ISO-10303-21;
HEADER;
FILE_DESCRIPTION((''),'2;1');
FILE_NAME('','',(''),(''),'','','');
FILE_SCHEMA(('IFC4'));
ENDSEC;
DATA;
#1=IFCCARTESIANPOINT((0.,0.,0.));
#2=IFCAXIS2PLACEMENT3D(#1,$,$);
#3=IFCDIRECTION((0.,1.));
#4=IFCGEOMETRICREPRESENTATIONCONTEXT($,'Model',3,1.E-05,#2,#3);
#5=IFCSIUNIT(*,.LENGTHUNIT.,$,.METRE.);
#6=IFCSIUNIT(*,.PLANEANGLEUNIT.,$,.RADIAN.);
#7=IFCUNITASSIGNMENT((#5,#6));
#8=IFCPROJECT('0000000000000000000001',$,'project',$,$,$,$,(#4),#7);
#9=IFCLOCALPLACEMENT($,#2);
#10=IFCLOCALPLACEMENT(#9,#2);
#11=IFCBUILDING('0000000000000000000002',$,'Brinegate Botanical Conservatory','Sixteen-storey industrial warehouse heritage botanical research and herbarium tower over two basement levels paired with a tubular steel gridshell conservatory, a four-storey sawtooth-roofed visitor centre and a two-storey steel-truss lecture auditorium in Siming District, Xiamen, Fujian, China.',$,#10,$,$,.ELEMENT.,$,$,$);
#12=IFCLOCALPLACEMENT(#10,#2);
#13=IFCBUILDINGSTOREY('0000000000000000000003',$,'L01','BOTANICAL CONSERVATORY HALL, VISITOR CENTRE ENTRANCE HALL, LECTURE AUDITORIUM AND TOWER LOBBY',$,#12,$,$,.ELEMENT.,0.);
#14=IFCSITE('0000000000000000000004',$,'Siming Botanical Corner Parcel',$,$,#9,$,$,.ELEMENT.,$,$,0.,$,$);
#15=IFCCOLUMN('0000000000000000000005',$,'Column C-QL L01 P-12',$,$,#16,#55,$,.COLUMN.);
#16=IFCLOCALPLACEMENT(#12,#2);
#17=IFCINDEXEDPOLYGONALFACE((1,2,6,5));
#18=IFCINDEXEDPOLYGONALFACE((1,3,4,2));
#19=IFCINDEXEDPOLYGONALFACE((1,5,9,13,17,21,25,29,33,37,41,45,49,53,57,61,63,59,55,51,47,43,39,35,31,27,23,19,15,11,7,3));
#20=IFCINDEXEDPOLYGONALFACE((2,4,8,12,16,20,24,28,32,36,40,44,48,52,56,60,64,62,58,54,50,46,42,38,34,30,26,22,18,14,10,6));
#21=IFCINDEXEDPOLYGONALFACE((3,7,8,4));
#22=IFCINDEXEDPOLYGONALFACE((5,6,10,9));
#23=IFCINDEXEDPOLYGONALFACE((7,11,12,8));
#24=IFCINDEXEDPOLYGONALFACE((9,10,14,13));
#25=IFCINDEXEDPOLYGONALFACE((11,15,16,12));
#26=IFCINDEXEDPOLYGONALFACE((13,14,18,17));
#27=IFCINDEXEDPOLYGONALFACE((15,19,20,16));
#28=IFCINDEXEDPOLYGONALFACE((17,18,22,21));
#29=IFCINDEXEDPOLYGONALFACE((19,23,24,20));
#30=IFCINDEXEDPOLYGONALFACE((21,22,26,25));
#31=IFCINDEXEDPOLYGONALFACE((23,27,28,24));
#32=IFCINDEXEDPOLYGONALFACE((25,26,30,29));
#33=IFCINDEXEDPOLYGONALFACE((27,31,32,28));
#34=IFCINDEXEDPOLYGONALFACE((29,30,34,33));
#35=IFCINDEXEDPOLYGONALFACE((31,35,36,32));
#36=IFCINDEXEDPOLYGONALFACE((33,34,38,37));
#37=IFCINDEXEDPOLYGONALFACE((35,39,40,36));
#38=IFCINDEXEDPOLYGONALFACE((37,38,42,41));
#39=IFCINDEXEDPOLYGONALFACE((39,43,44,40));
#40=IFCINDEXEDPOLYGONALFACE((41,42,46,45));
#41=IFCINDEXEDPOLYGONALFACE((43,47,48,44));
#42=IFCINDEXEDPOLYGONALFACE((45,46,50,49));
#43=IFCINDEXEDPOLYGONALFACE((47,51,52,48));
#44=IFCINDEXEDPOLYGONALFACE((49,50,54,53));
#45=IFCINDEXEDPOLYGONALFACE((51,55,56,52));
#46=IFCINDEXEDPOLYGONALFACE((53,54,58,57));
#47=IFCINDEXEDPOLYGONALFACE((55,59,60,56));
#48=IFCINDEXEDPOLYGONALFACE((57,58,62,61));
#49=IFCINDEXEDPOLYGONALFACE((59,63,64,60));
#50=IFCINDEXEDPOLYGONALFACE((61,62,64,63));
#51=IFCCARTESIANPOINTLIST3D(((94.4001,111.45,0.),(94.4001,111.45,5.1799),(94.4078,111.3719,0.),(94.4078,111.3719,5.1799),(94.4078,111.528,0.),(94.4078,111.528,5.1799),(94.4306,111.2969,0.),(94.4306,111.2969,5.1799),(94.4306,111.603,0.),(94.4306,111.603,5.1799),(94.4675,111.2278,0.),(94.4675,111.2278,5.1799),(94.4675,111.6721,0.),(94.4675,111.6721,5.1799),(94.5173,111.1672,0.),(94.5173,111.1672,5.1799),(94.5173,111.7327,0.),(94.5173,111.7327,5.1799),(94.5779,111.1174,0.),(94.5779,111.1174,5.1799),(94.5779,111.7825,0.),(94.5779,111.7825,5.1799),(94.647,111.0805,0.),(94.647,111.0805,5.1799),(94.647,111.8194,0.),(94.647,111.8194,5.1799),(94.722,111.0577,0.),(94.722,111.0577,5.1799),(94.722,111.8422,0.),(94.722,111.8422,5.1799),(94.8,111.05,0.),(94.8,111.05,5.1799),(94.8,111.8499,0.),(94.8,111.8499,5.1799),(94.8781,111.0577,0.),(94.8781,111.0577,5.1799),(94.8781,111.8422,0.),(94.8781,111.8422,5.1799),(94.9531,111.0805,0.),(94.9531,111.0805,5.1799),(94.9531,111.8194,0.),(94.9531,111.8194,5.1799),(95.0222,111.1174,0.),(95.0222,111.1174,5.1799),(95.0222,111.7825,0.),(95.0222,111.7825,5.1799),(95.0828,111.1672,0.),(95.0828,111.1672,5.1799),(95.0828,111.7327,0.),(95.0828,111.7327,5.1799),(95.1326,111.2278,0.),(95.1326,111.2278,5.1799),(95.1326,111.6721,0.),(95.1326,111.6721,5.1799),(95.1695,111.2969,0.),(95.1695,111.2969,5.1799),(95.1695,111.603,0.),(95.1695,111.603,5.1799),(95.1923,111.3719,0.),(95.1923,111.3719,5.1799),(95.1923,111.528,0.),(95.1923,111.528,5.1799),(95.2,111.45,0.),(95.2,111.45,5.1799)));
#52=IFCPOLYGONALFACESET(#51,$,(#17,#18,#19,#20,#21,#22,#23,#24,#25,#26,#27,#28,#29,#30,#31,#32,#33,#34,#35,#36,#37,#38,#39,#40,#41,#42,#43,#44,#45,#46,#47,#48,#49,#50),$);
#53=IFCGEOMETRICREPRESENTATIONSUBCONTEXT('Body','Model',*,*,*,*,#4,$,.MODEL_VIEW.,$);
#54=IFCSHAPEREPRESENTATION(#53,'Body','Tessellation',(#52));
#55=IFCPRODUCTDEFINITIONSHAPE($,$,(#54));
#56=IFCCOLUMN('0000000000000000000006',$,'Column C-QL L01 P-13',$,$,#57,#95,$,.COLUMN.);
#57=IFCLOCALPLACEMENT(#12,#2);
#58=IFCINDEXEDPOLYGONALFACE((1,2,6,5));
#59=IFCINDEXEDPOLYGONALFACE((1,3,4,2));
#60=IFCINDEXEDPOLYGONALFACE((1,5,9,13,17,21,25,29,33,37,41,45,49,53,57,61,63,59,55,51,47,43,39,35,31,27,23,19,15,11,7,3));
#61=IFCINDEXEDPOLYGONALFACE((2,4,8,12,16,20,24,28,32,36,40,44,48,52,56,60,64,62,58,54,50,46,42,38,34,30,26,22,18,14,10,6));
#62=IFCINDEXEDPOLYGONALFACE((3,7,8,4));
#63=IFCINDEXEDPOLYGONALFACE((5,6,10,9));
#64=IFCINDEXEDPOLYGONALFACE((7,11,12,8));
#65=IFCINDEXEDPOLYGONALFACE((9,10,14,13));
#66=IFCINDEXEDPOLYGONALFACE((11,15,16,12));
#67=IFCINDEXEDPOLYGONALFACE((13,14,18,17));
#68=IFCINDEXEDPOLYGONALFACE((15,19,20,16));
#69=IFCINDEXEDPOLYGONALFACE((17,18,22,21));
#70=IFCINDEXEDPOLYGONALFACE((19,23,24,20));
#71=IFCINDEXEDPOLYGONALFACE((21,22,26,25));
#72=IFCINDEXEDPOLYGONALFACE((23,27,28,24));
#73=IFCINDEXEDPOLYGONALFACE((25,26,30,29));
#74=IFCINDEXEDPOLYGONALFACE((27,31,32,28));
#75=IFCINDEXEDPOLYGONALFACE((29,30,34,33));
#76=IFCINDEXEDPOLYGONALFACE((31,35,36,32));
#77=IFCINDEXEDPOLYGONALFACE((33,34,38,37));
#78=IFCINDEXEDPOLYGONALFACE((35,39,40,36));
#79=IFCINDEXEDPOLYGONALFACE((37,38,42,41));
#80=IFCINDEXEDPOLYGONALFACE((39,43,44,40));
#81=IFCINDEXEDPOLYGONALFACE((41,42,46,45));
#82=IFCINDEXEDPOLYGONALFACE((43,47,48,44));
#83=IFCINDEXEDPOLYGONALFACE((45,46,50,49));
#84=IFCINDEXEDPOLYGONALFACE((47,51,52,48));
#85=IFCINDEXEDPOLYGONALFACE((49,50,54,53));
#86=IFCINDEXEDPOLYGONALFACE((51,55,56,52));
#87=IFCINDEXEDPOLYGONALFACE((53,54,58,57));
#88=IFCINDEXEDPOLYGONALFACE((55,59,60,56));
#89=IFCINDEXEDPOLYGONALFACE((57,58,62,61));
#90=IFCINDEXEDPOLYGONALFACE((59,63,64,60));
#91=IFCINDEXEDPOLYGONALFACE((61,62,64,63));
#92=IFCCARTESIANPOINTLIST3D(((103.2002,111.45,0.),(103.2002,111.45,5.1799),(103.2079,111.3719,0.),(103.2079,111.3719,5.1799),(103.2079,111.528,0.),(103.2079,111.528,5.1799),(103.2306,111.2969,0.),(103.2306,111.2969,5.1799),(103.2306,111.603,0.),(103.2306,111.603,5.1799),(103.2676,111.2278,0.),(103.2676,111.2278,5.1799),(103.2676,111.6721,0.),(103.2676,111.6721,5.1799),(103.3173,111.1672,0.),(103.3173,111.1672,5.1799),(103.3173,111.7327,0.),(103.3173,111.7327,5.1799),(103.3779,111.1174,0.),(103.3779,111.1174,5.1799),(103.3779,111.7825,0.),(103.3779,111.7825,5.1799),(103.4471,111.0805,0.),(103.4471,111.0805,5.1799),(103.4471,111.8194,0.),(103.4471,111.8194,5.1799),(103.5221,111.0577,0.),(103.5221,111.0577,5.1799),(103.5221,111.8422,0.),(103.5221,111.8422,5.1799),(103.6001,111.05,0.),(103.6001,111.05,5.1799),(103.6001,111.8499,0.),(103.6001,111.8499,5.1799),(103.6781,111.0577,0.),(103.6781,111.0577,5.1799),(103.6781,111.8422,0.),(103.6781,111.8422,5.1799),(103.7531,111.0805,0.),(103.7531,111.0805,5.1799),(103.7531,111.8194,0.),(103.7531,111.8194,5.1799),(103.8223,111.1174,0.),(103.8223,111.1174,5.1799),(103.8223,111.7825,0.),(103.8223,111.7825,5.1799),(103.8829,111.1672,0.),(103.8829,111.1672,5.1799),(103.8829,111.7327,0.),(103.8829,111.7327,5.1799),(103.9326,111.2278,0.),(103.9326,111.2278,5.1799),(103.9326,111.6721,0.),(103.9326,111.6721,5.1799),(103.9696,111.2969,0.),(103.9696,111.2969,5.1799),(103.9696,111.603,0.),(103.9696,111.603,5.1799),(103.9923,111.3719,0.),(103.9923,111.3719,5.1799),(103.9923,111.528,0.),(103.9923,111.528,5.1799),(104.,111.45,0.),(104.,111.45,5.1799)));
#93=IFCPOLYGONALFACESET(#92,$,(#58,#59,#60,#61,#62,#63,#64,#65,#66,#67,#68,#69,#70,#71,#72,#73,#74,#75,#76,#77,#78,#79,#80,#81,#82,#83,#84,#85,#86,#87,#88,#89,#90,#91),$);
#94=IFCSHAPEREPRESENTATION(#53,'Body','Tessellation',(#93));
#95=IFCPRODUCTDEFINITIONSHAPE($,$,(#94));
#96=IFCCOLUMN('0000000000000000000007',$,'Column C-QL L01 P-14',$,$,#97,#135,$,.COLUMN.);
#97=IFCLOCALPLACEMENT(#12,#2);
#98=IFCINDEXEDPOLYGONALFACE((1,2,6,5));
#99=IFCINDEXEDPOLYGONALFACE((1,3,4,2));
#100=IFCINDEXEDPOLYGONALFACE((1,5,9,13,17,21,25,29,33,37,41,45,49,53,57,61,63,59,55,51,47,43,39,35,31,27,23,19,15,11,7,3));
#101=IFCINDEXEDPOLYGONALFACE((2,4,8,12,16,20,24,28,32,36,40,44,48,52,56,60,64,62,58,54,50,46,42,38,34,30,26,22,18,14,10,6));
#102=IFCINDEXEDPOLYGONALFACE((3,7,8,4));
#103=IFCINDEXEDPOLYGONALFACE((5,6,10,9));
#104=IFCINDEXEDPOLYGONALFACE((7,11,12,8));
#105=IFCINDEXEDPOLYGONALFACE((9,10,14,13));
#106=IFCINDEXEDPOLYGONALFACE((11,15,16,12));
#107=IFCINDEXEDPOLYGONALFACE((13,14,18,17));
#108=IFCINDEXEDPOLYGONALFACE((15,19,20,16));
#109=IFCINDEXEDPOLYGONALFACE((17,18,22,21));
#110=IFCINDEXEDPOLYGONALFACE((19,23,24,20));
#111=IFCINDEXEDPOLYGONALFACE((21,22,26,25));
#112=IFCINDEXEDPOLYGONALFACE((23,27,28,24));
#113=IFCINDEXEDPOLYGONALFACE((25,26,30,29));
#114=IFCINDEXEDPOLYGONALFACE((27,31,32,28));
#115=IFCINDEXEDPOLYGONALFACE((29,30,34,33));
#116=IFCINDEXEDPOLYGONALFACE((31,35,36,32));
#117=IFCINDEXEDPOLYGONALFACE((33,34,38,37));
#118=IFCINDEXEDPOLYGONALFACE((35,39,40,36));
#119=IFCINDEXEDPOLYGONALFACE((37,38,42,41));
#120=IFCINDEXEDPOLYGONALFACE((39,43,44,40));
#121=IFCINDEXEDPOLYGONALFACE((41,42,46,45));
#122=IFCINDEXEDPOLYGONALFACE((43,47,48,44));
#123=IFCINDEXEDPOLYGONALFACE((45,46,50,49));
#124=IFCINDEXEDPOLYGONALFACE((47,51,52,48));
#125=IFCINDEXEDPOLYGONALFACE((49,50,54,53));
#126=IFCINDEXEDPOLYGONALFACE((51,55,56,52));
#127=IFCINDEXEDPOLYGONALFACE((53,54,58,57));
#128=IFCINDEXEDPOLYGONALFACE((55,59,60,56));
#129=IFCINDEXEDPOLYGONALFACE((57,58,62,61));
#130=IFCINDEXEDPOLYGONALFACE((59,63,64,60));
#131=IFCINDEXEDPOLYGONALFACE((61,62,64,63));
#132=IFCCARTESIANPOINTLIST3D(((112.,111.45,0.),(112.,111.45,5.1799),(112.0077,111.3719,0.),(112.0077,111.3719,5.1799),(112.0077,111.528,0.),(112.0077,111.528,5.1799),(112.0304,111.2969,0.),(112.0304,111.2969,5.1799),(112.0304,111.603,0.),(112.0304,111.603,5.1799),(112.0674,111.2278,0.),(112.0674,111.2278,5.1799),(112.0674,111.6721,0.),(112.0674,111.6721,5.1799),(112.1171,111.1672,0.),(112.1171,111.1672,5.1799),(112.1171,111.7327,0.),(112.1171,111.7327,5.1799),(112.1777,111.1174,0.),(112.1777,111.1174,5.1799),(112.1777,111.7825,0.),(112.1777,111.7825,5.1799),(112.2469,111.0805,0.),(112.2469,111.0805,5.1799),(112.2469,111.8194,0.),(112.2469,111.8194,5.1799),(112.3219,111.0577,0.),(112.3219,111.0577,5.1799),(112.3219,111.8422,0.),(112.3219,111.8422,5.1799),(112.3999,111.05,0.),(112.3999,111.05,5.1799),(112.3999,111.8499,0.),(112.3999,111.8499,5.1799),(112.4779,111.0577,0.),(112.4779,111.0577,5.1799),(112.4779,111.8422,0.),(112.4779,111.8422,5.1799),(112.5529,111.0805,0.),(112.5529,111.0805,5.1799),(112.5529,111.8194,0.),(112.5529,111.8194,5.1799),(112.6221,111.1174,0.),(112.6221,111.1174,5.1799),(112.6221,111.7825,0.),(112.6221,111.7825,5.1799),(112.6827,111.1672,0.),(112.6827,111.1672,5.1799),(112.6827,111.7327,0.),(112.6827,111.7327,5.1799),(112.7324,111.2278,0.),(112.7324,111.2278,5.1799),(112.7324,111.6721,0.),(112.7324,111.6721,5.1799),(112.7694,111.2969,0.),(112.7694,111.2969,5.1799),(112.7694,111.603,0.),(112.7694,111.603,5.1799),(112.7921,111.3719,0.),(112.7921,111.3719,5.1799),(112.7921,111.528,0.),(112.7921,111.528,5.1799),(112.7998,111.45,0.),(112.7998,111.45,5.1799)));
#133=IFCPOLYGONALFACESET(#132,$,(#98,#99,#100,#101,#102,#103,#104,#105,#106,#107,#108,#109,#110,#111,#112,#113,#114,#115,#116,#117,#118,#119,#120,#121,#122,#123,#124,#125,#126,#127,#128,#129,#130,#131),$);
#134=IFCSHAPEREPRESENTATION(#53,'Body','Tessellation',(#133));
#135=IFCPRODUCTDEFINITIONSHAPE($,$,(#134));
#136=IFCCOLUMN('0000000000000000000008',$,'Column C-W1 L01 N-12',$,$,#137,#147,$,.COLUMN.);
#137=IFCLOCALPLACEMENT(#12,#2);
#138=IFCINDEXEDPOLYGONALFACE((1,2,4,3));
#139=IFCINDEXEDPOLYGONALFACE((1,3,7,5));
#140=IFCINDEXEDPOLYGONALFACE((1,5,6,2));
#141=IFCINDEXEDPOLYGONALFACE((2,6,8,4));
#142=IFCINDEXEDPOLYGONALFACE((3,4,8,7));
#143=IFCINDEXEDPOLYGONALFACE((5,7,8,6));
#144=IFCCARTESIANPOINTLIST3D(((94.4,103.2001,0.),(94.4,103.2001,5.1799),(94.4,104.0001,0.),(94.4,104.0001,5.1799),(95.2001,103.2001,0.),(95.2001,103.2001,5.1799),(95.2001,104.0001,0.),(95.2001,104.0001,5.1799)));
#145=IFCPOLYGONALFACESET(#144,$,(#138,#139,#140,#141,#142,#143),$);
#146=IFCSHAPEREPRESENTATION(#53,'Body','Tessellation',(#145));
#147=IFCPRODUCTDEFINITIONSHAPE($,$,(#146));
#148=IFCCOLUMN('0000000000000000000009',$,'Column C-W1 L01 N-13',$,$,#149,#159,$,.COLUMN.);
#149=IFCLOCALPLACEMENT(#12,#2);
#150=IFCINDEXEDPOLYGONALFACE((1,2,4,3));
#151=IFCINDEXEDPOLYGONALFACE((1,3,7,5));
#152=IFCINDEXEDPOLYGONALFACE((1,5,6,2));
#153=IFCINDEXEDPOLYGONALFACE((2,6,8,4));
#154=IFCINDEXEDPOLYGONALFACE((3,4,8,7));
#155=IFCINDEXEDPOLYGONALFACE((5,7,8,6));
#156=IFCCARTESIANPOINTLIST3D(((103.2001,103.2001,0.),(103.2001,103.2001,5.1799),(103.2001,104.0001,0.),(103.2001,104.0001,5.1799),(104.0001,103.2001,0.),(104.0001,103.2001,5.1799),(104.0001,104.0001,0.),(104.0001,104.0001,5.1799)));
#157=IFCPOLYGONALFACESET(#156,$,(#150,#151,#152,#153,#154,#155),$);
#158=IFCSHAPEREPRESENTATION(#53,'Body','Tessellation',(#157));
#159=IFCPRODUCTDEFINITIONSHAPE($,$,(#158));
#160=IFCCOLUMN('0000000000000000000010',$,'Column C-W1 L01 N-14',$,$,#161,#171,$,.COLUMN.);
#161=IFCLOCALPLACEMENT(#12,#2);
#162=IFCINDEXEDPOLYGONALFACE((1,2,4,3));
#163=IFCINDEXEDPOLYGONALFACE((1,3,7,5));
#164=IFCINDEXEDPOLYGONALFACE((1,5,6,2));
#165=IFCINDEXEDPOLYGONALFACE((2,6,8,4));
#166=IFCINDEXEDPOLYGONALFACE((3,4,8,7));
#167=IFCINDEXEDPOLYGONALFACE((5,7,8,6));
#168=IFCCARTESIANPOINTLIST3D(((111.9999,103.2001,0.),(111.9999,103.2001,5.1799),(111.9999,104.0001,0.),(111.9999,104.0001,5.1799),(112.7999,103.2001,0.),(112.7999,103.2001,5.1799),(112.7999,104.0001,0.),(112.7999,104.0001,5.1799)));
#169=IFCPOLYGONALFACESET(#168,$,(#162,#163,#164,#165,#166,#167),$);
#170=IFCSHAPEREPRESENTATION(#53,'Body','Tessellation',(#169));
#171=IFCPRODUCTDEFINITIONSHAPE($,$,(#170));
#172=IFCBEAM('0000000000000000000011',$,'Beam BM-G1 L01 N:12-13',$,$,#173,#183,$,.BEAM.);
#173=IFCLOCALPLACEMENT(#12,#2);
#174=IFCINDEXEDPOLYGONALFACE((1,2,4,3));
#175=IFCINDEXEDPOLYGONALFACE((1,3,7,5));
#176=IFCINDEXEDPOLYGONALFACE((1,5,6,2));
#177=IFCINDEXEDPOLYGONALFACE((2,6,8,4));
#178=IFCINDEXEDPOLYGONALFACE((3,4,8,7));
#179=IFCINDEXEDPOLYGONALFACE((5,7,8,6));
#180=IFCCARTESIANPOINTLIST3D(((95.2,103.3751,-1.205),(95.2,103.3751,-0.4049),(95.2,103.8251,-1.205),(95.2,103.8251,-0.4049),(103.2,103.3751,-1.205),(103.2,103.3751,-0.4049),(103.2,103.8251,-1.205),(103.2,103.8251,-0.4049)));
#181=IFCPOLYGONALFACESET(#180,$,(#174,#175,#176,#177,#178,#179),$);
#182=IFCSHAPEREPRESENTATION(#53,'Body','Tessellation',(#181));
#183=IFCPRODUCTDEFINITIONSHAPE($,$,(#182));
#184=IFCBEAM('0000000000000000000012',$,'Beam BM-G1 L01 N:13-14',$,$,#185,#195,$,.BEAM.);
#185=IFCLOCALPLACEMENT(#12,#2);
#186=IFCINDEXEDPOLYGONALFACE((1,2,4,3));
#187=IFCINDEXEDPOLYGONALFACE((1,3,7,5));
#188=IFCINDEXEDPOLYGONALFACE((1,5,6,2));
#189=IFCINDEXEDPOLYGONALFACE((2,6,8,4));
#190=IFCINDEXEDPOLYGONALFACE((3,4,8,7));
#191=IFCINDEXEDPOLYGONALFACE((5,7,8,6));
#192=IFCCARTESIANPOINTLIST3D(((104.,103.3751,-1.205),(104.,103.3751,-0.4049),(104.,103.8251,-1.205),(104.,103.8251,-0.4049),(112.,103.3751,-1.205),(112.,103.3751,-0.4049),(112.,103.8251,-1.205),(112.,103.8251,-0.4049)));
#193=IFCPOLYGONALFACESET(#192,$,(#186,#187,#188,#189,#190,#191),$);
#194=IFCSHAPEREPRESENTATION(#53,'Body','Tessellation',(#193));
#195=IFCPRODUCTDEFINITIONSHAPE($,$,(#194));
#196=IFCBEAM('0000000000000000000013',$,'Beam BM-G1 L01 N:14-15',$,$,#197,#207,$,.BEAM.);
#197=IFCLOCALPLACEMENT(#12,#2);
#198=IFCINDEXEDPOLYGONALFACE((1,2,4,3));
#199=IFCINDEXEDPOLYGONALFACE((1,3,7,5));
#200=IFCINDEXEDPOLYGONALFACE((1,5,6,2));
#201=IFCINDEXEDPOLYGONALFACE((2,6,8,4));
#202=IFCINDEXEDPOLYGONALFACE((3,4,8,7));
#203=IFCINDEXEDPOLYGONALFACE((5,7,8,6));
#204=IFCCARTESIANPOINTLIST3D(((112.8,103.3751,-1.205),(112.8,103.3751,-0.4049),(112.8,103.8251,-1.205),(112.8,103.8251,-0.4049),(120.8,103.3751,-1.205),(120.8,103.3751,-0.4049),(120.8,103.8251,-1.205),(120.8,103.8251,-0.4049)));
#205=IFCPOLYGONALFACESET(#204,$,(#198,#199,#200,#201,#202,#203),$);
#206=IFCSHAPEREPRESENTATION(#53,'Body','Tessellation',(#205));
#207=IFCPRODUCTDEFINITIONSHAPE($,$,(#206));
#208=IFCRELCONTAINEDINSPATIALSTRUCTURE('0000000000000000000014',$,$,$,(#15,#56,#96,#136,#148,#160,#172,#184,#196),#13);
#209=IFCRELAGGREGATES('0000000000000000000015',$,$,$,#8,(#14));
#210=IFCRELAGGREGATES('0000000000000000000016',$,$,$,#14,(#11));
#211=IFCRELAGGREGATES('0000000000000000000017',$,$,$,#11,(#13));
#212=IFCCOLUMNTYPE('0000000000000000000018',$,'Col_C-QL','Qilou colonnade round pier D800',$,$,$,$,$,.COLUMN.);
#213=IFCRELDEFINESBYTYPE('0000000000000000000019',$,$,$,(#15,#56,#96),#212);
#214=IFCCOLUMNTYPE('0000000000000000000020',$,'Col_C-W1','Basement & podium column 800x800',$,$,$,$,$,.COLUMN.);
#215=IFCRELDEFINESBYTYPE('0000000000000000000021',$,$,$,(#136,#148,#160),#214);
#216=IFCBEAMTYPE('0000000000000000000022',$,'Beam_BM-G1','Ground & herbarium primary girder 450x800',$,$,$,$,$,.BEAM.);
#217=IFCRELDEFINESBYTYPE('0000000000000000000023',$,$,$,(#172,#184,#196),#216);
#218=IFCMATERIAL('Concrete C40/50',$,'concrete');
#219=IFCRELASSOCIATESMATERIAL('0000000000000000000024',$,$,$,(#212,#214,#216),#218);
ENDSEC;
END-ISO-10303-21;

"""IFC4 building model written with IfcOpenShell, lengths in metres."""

from ifc_helpers import new_model, si_unit, direction, frame, origin, origin_2d, place, context, subcontext, project, spatial, rectangle, circle, extrude, material, material_profile, profile_set, type_object, element, save


model = new_model("IFC4")

# Units and contexts
model_context = context("Model", 3, precision=1e-05, world=origin(), true_north=direction((0.0, 1.0)))
body_context = subcontext(model_context, "Body", "Model", "MODEL_VIEW")
ifc_project = project(units=[si_unit("LENGTHUNIT", "METRE"), si_unit("PLANEANGLEUNIT", "RADIAN")], contexts=[model_context])

# Site, building, storey
site_placement = place(None, origin())
site = spatial("IfcSite", under=ifc_project, at=site_placement, Name="Siming Botanical Corner Parcel", CompositionType="ELEMENT", RefElevation=0.0)
building_placement = place(site_placement, origin())
building = spatial("IfcBuilding", under=site, at=building_placement, Name="Brinegate Botanical Conservatory", Description="Sixteen-storey industrial warehouse heritage botanical research and herbarium tower over two basement levels paired with a tubular steel gridshell conservatory, a four-storey sawtooth-roofed visitor centre and a two-storey steel-truss lecture auditorium in Siming District, Xiamen, Fujian, China.", CompositionType="ELEMENT")
storey_placement = place(building_placement, origin())
storey = spatial("IfcBuildingStorey", under=building, at=storey_placement, Name="L01", Description="BOTANICAL CONSERVATORY HALL, VISITOR CENTRE ENTRANCE HALL, LECTURE AUDITORIUM AND TOWER LOBBY", CompositionType="ELEMENT", Elevation=0.0)

# Columns
ifc_material_1 = material(Name="Concrete C40/50", Category="concrete")
ifc_material_profile_1 = material_profile(ifc_material_1, circle(Radius=0.3999, at=origin_2d()), Name="RC COL D800")
ifc_profile_set_1 = profile_set([ifc_material_profile_1], Name="Concrete C40/50")
column_type_1 = type_object("IfcColumnType", Name="Col_C-QL", Description="Qilou colonnade round pier D800", PredefinedType="COLUMN", material=ifc_profile_set_1)
for number, where, z_axis, x_axis, name in (
    (1, (94.8, 111.45, 0.0), (0.0, 0.0, 1.0), (1.0, 0.0, 0.0), "Column C-QL L01 P-12"),
    (2, (103.6001, 111.45, 0.0), (0.0, 0.0, 1.0), (1.0, 0.0, 0.0), "Column C-QL L01 P-13"),
    (3, (112.3999, 111.45, 0.0), (0.0, 0.0, 1.0), (1.0, 0.0, 0.0), "Column C-QL L01 P-14"),
):
    element("IfcColumn", number, at=place(storey_placement, frame(where, z_axis=z_axis, x_axis=x_axis)), inside=storey, type_object=column_type_1, Name=name, PredefinedType="COLUMN", context=body_context, shape_type="SweptSolid", body=[
        extrude(circle(Radius=0.3999, at=origin_2d()), origin(), (0.0, 0.0, 1.0), 5.1799),
    ])
ifc_material_profile_2 = material_profile(ifc_material_1, rectangle(XDim=0.8, YDim=0.8, at=origin_2d()), Name="RC COL 800x800")
ifc_profile_set_2 = profile_set([ifc_material_profile_2], Name="Concrete C40/50")
column_type_2 = type_object("IfcColumnType", Name="Col_C-W1", Description="Basement & podium column 800x800", PredefinedType="COLUMN", material=ifc_profile_set_2)
for number, where, z_axis, x_axis, name in (
    (4, (94.8, 103.6001, 0.0), (0.0, 0.0, 1.0), (1.0, 0.0, 0.0), "Column C-W1 L01 N-12"),
    (5, (103.6001, 103.6001, 0.0), (0.0, 0.0, 1.0), (1.0, 0.0, 0.0), "Column C-W1 L01 N-13"),
    (6, (112.3999, 103.6001, 0.0), (0.0, 0.0, 1.0), (1.0, 0.0, 0.0), "Column C-W1 L01 N-14"),
):
    element("IfcColumn", number, at=place(storey_placement, frame(where, z_axis=z_axis, x_axis=x_axis)), inside=storey, type_object=column_type_2, Name=name, PredefinedType="COLUMN", context=body_context, shape_type="SweptSolid", body=[
        extrude(rectangle(XDim=0.8, YDim=0.8, at=origin_2d()), origin(), (0.0, 0.0, 1.0), 5.1799),
    ])

# Beams
ifc_material_profile_3 = material_profile(ifc_material_1, rectangle(XDim=0.45, YDim=0.8, at=origin_2d()), Name="RC BM 450x800")
ifc_profile_set_3 = profile_set([ifc_material_profile_3], Name="Concrete C40/50")
beam_type_1 = type_object("IfcBeamType", Name="Beam_BM-G1", Description="Ground & herbarium primary girder 450x800", PredefinedType="BEAM", material=ifc_profile_set_3)
for number, where, z_axis, x_axis, name in (
    (7, (95.2, 103.6001, -0.8049), (1.0, 0.0, 0.0), (0.0, 1.0, 0.0), "Beam BM-G1 L01 N:12-13"),
    (8, (104.0, 103.6001, -0.8049), (1.0, 0.0, 0.0), (0.0, 1.0, 0.0), "Beam BM-G1 L01 N:13-14"),
    (9, (112.8, 103.6001, -0.8049), (1.0, 0.0, 0.0), (0.0, 1.0, 0.0), "Beam BM-G1 L01 N:14-15"),
):
    element("IfcBeam", number, at=place(storey_placement, frame(where, z_axis=z_axis, x_axis=x_axis)), inside=storey, type_object=beam_type_1, Name=name, PredefinedType="BEAM", context=body_context, shape_type="SweptSolid", body=[
        extrude(rectangle(XDim=0.45, YDim=0.8, at=origin_2d()), origin(), (0.0, 0.0, 1.0), 8.0),
    ])

save(model, "model.ifc")
